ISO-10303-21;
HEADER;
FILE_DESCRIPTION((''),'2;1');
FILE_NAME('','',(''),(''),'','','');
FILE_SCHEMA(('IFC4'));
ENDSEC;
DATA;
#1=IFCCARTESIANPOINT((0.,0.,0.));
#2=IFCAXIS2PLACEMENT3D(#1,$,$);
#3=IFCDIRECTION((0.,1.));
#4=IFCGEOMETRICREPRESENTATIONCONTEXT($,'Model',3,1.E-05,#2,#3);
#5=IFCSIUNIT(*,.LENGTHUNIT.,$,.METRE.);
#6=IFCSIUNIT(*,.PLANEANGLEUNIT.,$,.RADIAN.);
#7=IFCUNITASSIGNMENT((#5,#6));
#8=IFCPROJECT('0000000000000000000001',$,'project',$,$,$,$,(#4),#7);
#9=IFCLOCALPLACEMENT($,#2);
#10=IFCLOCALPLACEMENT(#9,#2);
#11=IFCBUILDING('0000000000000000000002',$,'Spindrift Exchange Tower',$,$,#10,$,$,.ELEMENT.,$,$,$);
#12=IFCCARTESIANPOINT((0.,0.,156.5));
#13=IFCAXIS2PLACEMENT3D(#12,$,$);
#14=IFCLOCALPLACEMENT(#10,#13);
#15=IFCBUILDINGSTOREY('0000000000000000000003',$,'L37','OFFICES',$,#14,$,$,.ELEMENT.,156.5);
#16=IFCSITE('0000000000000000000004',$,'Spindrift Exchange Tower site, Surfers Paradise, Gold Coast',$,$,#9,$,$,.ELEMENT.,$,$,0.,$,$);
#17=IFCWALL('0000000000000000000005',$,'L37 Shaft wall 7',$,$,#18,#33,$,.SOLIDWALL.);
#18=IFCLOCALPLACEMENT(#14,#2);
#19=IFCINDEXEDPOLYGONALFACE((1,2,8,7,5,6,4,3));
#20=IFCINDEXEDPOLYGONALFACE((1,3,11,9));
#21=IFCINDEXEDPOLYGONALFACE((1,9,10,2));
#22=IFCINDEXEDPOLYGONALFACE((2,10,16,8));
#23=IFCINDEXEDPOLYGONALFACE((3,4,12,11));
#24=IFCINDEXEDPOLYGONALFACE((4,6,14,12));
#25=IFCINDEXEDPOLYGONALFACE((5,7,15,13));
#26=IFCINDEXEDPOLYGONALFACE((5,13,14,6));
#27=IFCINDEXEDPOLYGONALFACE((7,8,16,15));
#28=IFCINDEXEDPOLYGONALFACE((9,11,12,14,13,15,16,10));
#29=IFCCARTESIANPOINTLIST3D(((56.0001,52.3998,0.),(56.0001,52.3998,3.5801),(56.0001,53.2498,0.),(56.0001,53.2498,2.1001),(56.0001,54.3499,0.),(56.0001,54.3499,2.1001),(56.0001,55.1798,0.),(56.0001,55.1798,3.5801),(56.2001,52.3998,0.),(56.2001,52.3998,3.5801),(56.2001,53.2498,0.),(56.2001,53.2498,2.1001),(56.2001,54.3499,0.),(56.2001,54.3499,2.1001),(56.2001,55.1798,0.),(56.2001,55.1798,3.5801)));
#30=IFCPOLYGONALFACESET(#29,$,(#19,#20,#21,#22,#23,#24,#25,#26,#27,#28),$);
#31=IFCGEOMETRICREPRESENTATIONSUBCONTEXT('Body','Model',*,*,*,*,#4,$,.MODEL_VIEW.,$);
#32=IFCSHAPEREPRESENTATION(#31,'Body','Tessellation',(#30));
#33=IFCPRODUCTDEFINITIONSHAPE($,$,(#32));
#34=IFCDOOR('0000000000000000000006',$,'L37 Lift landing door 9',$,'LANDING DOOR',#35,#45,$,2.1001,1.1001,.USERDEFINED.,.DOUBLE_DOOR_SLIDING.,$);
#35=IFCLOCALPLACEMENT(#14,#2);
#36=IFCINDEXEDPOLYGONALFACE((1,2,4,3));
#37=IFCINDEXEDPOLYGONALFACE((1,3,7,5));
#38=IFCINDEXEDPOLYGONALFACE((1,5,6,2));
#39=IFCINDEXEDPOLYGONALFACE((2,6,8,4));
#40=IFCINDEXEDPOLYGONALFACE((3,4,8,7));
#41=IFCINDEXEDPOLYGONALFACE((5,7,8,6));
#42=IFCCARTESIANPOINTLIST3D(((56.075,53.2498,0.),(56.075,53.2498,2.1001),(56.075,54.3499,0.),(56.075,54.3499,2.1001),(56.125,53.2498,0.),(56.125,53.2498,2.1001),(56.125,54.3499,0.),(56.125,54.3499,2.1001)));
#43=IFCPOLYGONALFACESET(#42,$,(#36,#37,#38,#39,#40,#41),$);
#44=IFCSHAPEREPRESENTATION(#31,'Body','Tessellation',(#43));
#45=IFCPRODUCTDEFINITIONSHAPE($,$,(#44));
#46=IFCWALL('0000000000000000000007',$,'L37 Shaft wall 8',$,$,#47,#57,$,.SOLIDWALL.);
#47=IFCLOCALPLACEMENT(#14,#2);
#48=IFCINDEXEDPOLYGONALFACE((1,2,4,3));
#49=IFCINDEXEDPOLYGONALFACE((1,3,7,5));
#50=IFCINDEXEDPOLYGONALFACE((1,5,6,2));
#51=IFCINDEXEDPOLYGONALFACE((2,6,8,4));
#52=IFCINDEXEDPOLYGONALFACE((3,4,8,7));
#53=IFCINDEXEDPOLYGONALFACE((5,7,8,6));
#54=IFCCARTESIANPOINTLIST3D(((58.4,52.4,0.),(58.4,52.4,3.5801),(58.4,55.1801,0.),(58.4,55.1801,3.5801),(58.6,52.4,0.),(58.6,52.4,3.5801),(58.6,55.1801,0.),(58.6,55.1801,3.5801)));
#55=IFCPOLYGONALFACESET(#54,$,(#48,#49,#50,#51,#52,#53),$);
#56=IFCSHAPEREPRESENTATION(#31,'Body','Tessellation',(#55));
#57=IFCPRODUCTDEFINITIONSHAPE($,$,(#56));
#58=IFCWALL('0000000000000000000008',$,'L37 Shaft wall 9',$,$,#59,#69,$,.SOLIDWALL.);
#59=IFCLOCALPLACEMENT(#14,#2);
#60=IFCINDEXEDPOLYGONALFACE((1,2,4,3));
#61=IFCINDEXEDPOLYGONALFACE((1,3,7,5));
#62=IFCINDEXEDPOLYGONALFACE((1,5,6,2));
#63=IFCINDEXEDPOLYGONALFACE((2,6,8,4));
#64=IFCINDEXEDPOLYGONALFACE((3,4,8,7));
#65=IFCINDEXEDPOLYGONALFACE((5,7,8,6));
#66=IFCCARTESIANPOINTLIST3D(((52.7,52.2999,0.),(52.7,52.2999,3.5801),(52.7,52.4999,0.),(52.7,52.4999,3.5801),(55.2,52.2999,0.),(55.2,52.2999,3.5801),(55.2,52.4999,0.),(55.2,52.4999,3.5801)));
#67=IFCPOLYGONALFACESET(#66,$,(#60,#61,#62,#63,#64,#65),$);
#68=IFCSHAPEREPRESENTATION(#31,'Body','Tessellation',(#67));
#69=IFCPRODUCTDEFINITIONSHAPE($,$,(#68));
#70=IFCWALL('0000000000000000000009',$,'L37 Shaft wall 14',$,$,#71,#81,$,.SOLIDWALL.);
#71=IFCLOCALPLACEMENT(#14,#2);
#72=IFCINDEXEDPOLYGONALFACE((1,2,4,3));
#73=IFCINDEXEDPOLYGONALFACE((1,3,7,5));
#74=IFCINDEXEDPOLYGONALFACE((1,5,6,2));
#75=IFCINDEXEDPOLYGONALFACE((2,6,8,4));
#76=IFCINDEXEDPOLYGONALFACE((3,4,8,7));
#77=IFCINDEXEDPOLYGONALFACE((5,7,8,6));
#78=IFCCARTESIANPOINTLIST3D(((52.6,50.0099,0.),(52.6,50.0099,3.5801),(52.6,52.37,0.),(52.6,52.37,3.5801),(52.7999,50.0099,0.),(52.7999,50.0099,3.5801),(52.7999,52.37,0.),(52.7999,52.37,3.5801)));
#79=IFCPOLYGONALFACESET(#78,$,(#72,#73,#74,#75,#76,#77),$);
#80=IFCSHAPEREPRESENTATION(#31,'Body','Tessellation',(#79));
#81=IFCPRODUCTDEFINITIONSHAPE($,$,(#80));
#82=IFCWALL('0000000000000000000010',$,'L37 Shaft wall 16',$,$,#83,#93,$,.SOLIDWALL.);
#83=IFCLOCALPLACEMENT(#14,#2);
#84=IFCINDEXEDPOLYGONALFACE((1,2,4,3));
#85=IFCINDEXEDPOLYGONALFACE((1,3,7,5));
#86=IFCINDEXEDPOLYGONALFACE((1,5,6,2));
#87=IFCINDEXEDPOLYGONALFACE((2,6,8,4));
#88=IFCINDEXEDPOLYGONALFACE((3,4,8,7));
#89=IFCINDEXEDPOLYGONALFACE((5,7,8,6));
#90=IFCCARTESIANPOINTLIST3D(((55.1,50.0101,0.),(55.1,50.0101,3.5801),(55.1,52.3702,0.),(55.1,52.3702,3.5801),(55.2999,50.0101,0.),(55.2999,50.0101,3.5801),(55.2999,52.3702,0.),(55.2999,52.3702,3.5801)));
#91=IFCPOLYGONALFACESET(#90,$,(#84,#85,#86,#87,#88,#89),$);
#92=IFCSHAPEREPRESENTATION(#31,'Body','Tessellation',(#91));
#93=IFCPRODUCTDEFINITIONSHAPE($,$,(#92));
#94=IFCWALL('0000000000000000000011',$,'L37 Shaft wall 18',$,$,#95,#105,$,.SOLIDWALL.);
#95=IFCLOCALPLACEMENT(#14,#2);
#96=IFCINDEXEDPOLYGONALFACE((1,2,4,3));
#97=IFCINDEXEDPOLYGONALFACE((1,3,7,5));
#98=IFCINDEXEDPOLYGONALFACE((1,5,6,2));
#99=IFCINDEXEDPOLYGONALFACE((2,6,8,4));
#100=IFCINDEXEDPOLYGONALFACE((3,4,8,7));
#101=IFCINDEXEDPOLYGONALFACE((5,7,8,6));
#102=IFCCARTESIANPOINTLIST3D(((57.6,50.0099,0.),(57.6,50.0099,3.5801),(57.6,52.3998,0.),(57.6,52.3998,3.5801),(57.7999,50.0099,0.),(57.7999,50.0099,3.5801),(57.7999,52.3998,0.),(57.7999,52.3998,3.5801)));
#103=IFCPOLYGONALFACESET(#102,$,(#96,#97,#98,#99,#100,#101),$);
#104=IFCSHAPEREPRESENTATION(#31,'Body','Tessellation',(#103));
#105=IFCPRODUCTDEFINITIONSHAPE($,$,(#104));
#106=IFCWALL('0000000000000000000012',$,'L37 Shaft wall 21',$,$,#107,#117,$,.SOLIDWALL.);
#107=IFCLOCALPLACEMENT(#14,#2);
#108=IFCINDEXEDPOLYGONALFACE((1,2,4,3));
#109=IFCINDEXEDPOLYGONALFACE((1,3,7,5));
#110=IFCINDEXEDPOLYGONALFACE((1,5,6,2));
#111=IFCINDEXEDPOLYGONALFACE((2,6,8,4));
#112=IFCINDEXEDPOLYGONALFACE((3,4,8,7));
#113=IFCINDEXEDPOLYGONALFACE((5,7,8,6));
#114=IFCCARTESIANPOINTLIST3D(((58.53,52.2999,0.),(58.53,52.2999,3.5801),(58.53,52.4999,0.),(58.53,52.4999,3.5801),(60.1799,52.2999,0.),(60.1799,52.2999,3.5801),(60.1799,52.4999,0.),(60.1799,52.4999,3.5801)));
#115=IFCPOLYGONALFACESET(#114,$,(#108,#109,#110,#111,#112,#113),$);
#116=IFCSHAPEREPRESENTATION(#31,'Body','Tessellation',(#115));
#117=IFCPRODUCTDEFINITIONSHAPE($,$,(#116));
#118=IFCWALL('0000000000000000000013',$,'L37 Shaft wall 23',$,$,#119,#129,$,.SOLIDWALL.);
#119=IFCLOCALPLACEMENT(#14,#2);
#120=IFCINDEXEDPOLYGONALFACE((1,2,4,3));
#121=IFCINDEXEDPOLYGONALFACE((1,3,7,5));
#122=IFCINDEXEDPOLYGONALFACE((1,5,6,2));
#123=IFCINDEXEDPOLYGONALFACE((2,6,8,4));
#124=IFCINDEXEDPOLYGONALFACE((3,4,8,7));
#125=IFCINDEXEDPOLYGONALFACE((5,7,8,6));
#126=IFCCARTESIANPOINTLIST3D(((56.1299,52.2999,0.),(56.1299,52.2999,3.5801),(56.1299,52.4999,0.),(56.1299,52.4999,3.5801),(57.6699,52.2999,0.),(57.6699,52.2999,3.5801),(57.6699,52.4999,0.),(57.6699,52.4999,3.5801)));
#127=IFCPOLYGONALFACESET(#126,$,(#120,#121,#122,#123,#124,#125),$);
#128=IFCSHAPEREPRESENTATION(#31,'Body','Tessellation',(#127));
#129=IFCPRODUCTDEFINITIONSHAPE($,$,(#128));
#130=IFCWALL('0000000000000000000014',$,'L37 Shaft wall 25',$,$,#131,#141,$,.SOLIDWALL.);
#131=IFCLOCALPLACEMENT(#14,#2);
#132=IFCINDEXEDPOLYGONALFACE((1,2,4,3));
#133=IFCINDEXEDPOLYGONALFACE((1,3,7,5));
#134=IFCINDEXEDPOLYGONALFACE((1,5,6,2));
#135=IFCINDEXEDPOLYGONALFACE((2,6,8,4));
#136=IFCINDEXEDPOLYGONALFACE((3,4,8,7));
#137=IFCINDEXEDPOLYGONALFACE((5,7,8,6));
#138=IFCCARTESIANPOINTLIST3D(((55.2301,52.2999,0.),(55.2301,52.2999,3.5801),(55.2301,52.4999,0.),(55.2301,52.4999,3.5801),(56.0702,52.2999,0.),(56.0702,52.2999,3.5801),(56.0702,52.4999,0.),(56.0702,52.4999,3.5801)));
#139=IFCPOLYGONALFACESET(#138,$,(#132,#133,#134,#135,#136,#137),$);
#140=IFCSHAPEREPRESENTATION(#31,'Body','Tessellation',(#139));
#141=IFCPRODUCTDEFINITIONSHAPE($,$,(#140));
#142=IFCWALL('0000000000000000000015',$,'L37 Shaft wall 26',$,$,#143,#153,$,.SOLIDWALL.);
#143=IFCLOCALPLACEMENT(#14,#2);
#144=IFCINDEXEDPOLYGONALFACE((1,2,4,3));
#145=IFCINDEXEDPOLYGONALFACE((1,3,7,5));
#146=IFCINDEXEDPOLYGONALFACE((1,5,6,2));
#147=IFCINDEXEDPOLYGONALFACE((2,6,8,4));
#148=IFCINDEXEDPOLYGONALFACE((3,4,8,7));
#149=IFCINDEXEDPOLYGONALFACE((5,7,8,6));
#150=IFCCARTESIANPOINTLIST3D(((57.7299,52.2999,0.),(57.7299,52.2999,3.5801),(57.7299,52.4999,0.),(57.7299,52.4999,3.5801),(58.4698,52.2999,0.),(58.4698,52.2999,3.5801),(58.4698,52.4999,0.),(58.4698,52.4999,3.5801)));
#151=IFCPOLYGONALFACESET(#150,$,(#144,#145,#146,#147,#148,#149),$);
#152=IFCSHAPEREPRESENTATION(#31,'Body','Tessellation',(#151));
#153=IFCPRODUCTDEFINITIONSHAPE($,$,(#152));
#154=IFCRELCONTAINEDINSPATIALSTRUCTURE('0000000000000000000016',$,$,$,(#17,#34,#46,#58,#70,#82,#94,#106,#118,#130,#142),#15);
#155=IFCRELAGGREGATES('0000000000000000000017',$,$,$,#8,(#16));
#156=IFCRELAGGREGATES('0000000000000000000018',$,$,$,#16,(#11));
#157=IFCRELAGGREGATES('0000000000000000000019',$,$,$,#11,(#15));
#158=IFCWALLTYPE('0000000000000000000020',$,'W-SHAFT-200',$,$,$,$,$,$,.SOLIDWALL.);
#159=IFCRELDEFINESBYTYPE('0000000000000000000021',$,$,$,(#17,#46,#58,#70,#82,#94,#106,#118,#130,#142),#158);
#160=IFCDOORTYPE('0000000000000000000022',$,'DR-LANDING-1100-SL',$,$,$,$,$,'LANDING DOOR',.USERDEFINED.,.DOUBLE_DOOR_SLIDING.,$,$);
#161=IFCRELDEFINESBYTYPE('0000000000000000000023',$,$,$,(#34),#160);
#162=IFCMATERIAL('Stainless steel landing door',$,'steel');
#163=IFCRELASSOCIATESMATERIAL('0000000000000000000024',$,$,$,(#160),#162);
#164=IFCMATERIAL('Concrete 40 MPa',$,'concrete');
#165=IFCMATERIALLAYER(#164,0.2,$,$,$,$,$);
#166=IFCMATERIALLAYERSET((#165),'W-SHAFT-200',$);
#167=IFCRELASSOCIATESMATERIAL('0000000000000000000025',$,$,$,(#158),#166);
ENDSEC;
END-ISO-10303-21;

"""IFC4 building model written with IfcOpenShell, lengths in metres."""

from ifc_helpers import new_model, si_unit, direction, frame, frame_2d, origin, place, context, subcontext, project, spatial, rectangle, extrude, source, transform, mapped, material, layer, layer_set, type_object, element, fill, save


model = new_model("IFC4")

# Units and contexts
model_context = context("Model", 3, precision=1e-05, world=origin(), true_north=direction((0.0, 1.0)))
body_context = subcontext(model_context, "Body", "Model", "MODEL_VIEW")
ifc_project = project(units=[si_unit("LENGTHUNIT", "METRE"), si_unit("PLANEANGLEUNIT", "RADIAN")], contexts=[model_context])

# Site, building, storey
site_placement = place(None, origin())
site = spatial("IfcSite", under=ifc_project, at=site_placement, Name="Spindrift Exchange Tower site, Surfers Paradise, Gold Coast", CompositionType="ELEMENT", RefElevation=0.0)
building_placement = place(site_placement, origin())
building = spatial("IfcBuilding", under=site, at=building_placement, Name="Spindrift Exchange Tower", CompositionType="ELEMENT")
storey_placement = place(building_placement, frame((0.0, 0.0, 156.5)))
storey = spatial("IfcBuildingStorey", under=building, at=storey_placement, Name="L37", Description="OFFICES", CompositionType="ELEMENT", Elevation=156.5)

# Shared definitions
ifc_material_1 = material(Name="Stainless steel landing door", Category="steel")
door_type_1 = type_object("IfcDoorType", Name="DR-LANDING-1100-SL", ElementType="LANDING DOOR", OperationType="DOUBLE_DOOR_SLIDING", PredefinedType="USERDEFINED", material=ifc_material_1)
shared_shape_1 = source(origin(), body_context, "Body", "SweptSolid", [
    extrude(rectangle(XDim=1.1001, YDim=2.1001, at=frame_2d((0.55, 1.05))), frame((0.0, 0.0249, 0.0), z_axis=(0.0, -1.0, 0.0), x_axis=(1.0, 0.0, 0.0)), (0.0, 0.0, 1.0), 0.05),
])

# Wall, opening, door
ifc_material_2 = material(Name="Concrete 40 MPa", Category="concrete")
ifc_layer_1 = layer(ifc_material_2, 0.2)
ifc_layer_set_1 = layer_set([ifc_layer_1], Name="W-SHAFT-200")
wall_type_1 = type_object("IfcWallType", Name="W-SHAFT-200", PredefinedType="SOLIDWALL", material=ifc_layer_set_1)
wall_1_placement = place(storey_placement, frame((56.1001, 55.1799, 0.0), z_axis=(0.0, 0.0, 1.0), x_axis=(0.0, -1.0, 0.0)))
wall_1 = element("IfcWall", 1, at=wall_1_placement, inside=storey, type_object=wall_type_1, Name="L37 Shaft wall 7", PredefinedType="SOLIDWALL", context=body_context, shape_type="SweptSolid", body=[
    extrude(rectangle(XDim=2.78, YDim=0.2, at=frame_2d((1.3901, 0.0))), origin(), (0.0, 0.0, 1.0), 3.5801),
])
opening_1_placement = place(wall_1_placement, frame((0.8301, 0.0, 0.0)))
opening_1 = element("IfcOpeningElement", 2, at=opening_1_placement, cuts=wall_1, PredefinedType="OPENING", context=body_context, shape_type="SweptSolid", body=[
    extrude(rectangle(XDim=1.1001, YDim=2.1001, at=frame_2d((0.55, 1.05))), frame((0.0, 0.1099, 0.0), z_axis=(0.0, -1.0, 0.0), x_axis=(1.0, 0.0, 0.0)), (0.0, 0.0, 1.0), 0.22),
])
door_1_placement = place(opening_1_placement, origin())
door_1 = element("IfcDoor", 3, at=door_1_placement, inside=storey, type_object=door_type_1, Name="L37 Lift landing door 9", ObjectType="LANDING DOOR", OperationType="DOUBLE_DOOR_SLIDING", OverallHeight=2.1001, OverallWidth=1.1001, PredefinedType="USERDEFINED", context=body_context, shape_type="MappedRepresentation", body=[
    mapped(shared_shape_1, transform((0.0, 0.0, 0.0), scale=1.0)),
])
fill(opening_1, door_1)

# Walls
wall_2_placement = place(storey_placement, frame((58.5, 52.3999, 0.0), z_axis=(0.0, 0.0, 1.0), x_axis=(0.0, 1.0, 0.0)))
element("IfcWall", 4, at=wall_2_placement, inside=storey, type_object=wall_type_1, Name="L37 Shaft wall 8", PredefinedType="SOLIDWALL", context=body_context, shape_type="SweptSolid", body=[
    extrude(rectangle(XDim=2.78, YDim=0.2, at=frame_2d((1.3901, 0.0))), origin(), (0.0, 0.0, 1.0), 3.5801),
])
wall_3_placement = place(storey_placement, frame((55.2, 52.3999, 0.0), z_axis=(0.0, 0.0, 1.0), x_axis=(-1.0, 0.0, 0.0)))
element("IfcWall", 5, at=wall_3_placement, inside=storey, type_object=wall_type_1, Name="L37 Shaft wall 9", PredefinedType="SOLIDWALL", context=body_context, shape_type="SweptSolid", body=[
    extrude(rectangle(XDim=2.5, YDim=0.2, at=frame_2d((1.25, 0.0))), origin(), (0.0, 0.0, 1.0), 3.5801),
])
for number, where, z_axis, x_axis, name in (
    (6, (52.7, 52.3701, 0.0), (0.0, 0.0, 1.0), (0.0, -1.0, 0.0), "L37 Shaft wall 14"),
    (7, (55.2, 50.01, 0.0), (0.0, 0.0, 1.0), (0.0, 1.0, 0.0), "L37 Shaft wall 16"),
):
    element("IfcWall", number, at=place(storey_placement, frame(where, z_axis=z_axis, x_axis=x_axis)), inside=storey, type_object=wall_type_1, Name=name, PredefinedType="SOLIDWALL", context=body_context, shape_type="SweptSolid", body=[
        extrude(rectangle(XDim=2.3601, YDim=0.2, at=frame_2d((1.1802, 0.0))), origin(), (0.0, 0.0, 1.0), 3.5801),
    ])
wall_4_placement = place(storey_placement, frame((57.7, 50.01, 0.0), z_axis=(0.0, 0.0, 1.0), x_axis=(0.0, 1.0, 0.0)))
element("IfcWall", 8, at=wall_4_placement, inside=storey, type_object=wall_type_1, Name="L37 Shaft wall 18", PredefinedType="SOLIDWALL", context=body_context, shape_type="SweptSolid", body=[
    extrude(rectangle(XDim=2.3899, YDim=0.2, at=frame_2d((1.1948, 0.0))), origin(), (0.0, 0.0, 1.0), 3.5801),
])
wall_5_placement = place(storey_placement, frame((60.1799, 52.3999, 0.0), z_axis=(0.0, 0.0, 1.0), x_axis=(-1.0, 0.0, 0.0)))
element("IfcWall", 9, at=wall_5_placement, inside=storey, type_object=wall_type_1, Name="L37 Shaft wall 21", PredefinedType="SOLIDWALL", context=body_context, shape_type="SweptSolid", body=[
    extrude(rectangle(XDim=1.6499, YDim=0.2, at=frame_2d((0.825, 0.0))), origin(), (0.0, 0.0, 1.0), 3.5801),
])
wall_6_placement = place(storey_placement, frame((57.6699, 52.3999, 0.0), z_axis=(0.0, 0.0, 1.0), x_axis=(-1.0, 0.0, 0.0)))
element("IfcWall", 10, at=wall_6_placement, inside=storey, type_object=wall_type_1, Name="L37 Shaft wall 23", PredefinedType="SOLIDWALL", context=body_context, shape_type="SweptSolid", body=[
    extrude(rectangle(XDim=1.54, YDim=0.2, at=frame_2d((0.77, 0.0))), origin(), (0.0, 0.0, 1.0), 3.5801),
])
wall_7_placement = place(storey_placement, frame((56.0701, 52.3999, 0.0), z_axis=(0.0, 0.0, 1.0), x_axis=(-1.0, 0.0, 0.0)))
element("IfcWall", 11, at=wall_7_placement, inside=storey, type_object=wall_type_1, Name="L37 Shaft wall 25", PredefinedType="SOLIDWALL", context=body_context, shape_type="SweptSolid", body=[
    extrude(rectangle(XDim=0.8401, YDim=0.2, at=frame_2d((0.4199, 0.0))), origin(), (0.0, 0.0, 1.0), 3.5801),
])
wall_8_placement = place(storey_placement, frame((58.47, 52.3999, 0.0), z_axis=(0.0, 0.0, 1.0), x_axis=(-1.0, 0.0, 0.0)))
element("IfcWall", 12, at=wall_8_placement, inside=storey, type_object=wall_type_1, Name="L37 Shaft wall 26", PredefinedType="SOLIDWALL", context=body_context, shape_type="SweptSolid", body=[
    extrude(rectangle(XDim=0.74, YDim=0.2, at=frame_2d((0.3701, 0.0))), origin(), (0.0, 0.0, 1.0), 3.5801),
])

save(model, "model.ifc")
